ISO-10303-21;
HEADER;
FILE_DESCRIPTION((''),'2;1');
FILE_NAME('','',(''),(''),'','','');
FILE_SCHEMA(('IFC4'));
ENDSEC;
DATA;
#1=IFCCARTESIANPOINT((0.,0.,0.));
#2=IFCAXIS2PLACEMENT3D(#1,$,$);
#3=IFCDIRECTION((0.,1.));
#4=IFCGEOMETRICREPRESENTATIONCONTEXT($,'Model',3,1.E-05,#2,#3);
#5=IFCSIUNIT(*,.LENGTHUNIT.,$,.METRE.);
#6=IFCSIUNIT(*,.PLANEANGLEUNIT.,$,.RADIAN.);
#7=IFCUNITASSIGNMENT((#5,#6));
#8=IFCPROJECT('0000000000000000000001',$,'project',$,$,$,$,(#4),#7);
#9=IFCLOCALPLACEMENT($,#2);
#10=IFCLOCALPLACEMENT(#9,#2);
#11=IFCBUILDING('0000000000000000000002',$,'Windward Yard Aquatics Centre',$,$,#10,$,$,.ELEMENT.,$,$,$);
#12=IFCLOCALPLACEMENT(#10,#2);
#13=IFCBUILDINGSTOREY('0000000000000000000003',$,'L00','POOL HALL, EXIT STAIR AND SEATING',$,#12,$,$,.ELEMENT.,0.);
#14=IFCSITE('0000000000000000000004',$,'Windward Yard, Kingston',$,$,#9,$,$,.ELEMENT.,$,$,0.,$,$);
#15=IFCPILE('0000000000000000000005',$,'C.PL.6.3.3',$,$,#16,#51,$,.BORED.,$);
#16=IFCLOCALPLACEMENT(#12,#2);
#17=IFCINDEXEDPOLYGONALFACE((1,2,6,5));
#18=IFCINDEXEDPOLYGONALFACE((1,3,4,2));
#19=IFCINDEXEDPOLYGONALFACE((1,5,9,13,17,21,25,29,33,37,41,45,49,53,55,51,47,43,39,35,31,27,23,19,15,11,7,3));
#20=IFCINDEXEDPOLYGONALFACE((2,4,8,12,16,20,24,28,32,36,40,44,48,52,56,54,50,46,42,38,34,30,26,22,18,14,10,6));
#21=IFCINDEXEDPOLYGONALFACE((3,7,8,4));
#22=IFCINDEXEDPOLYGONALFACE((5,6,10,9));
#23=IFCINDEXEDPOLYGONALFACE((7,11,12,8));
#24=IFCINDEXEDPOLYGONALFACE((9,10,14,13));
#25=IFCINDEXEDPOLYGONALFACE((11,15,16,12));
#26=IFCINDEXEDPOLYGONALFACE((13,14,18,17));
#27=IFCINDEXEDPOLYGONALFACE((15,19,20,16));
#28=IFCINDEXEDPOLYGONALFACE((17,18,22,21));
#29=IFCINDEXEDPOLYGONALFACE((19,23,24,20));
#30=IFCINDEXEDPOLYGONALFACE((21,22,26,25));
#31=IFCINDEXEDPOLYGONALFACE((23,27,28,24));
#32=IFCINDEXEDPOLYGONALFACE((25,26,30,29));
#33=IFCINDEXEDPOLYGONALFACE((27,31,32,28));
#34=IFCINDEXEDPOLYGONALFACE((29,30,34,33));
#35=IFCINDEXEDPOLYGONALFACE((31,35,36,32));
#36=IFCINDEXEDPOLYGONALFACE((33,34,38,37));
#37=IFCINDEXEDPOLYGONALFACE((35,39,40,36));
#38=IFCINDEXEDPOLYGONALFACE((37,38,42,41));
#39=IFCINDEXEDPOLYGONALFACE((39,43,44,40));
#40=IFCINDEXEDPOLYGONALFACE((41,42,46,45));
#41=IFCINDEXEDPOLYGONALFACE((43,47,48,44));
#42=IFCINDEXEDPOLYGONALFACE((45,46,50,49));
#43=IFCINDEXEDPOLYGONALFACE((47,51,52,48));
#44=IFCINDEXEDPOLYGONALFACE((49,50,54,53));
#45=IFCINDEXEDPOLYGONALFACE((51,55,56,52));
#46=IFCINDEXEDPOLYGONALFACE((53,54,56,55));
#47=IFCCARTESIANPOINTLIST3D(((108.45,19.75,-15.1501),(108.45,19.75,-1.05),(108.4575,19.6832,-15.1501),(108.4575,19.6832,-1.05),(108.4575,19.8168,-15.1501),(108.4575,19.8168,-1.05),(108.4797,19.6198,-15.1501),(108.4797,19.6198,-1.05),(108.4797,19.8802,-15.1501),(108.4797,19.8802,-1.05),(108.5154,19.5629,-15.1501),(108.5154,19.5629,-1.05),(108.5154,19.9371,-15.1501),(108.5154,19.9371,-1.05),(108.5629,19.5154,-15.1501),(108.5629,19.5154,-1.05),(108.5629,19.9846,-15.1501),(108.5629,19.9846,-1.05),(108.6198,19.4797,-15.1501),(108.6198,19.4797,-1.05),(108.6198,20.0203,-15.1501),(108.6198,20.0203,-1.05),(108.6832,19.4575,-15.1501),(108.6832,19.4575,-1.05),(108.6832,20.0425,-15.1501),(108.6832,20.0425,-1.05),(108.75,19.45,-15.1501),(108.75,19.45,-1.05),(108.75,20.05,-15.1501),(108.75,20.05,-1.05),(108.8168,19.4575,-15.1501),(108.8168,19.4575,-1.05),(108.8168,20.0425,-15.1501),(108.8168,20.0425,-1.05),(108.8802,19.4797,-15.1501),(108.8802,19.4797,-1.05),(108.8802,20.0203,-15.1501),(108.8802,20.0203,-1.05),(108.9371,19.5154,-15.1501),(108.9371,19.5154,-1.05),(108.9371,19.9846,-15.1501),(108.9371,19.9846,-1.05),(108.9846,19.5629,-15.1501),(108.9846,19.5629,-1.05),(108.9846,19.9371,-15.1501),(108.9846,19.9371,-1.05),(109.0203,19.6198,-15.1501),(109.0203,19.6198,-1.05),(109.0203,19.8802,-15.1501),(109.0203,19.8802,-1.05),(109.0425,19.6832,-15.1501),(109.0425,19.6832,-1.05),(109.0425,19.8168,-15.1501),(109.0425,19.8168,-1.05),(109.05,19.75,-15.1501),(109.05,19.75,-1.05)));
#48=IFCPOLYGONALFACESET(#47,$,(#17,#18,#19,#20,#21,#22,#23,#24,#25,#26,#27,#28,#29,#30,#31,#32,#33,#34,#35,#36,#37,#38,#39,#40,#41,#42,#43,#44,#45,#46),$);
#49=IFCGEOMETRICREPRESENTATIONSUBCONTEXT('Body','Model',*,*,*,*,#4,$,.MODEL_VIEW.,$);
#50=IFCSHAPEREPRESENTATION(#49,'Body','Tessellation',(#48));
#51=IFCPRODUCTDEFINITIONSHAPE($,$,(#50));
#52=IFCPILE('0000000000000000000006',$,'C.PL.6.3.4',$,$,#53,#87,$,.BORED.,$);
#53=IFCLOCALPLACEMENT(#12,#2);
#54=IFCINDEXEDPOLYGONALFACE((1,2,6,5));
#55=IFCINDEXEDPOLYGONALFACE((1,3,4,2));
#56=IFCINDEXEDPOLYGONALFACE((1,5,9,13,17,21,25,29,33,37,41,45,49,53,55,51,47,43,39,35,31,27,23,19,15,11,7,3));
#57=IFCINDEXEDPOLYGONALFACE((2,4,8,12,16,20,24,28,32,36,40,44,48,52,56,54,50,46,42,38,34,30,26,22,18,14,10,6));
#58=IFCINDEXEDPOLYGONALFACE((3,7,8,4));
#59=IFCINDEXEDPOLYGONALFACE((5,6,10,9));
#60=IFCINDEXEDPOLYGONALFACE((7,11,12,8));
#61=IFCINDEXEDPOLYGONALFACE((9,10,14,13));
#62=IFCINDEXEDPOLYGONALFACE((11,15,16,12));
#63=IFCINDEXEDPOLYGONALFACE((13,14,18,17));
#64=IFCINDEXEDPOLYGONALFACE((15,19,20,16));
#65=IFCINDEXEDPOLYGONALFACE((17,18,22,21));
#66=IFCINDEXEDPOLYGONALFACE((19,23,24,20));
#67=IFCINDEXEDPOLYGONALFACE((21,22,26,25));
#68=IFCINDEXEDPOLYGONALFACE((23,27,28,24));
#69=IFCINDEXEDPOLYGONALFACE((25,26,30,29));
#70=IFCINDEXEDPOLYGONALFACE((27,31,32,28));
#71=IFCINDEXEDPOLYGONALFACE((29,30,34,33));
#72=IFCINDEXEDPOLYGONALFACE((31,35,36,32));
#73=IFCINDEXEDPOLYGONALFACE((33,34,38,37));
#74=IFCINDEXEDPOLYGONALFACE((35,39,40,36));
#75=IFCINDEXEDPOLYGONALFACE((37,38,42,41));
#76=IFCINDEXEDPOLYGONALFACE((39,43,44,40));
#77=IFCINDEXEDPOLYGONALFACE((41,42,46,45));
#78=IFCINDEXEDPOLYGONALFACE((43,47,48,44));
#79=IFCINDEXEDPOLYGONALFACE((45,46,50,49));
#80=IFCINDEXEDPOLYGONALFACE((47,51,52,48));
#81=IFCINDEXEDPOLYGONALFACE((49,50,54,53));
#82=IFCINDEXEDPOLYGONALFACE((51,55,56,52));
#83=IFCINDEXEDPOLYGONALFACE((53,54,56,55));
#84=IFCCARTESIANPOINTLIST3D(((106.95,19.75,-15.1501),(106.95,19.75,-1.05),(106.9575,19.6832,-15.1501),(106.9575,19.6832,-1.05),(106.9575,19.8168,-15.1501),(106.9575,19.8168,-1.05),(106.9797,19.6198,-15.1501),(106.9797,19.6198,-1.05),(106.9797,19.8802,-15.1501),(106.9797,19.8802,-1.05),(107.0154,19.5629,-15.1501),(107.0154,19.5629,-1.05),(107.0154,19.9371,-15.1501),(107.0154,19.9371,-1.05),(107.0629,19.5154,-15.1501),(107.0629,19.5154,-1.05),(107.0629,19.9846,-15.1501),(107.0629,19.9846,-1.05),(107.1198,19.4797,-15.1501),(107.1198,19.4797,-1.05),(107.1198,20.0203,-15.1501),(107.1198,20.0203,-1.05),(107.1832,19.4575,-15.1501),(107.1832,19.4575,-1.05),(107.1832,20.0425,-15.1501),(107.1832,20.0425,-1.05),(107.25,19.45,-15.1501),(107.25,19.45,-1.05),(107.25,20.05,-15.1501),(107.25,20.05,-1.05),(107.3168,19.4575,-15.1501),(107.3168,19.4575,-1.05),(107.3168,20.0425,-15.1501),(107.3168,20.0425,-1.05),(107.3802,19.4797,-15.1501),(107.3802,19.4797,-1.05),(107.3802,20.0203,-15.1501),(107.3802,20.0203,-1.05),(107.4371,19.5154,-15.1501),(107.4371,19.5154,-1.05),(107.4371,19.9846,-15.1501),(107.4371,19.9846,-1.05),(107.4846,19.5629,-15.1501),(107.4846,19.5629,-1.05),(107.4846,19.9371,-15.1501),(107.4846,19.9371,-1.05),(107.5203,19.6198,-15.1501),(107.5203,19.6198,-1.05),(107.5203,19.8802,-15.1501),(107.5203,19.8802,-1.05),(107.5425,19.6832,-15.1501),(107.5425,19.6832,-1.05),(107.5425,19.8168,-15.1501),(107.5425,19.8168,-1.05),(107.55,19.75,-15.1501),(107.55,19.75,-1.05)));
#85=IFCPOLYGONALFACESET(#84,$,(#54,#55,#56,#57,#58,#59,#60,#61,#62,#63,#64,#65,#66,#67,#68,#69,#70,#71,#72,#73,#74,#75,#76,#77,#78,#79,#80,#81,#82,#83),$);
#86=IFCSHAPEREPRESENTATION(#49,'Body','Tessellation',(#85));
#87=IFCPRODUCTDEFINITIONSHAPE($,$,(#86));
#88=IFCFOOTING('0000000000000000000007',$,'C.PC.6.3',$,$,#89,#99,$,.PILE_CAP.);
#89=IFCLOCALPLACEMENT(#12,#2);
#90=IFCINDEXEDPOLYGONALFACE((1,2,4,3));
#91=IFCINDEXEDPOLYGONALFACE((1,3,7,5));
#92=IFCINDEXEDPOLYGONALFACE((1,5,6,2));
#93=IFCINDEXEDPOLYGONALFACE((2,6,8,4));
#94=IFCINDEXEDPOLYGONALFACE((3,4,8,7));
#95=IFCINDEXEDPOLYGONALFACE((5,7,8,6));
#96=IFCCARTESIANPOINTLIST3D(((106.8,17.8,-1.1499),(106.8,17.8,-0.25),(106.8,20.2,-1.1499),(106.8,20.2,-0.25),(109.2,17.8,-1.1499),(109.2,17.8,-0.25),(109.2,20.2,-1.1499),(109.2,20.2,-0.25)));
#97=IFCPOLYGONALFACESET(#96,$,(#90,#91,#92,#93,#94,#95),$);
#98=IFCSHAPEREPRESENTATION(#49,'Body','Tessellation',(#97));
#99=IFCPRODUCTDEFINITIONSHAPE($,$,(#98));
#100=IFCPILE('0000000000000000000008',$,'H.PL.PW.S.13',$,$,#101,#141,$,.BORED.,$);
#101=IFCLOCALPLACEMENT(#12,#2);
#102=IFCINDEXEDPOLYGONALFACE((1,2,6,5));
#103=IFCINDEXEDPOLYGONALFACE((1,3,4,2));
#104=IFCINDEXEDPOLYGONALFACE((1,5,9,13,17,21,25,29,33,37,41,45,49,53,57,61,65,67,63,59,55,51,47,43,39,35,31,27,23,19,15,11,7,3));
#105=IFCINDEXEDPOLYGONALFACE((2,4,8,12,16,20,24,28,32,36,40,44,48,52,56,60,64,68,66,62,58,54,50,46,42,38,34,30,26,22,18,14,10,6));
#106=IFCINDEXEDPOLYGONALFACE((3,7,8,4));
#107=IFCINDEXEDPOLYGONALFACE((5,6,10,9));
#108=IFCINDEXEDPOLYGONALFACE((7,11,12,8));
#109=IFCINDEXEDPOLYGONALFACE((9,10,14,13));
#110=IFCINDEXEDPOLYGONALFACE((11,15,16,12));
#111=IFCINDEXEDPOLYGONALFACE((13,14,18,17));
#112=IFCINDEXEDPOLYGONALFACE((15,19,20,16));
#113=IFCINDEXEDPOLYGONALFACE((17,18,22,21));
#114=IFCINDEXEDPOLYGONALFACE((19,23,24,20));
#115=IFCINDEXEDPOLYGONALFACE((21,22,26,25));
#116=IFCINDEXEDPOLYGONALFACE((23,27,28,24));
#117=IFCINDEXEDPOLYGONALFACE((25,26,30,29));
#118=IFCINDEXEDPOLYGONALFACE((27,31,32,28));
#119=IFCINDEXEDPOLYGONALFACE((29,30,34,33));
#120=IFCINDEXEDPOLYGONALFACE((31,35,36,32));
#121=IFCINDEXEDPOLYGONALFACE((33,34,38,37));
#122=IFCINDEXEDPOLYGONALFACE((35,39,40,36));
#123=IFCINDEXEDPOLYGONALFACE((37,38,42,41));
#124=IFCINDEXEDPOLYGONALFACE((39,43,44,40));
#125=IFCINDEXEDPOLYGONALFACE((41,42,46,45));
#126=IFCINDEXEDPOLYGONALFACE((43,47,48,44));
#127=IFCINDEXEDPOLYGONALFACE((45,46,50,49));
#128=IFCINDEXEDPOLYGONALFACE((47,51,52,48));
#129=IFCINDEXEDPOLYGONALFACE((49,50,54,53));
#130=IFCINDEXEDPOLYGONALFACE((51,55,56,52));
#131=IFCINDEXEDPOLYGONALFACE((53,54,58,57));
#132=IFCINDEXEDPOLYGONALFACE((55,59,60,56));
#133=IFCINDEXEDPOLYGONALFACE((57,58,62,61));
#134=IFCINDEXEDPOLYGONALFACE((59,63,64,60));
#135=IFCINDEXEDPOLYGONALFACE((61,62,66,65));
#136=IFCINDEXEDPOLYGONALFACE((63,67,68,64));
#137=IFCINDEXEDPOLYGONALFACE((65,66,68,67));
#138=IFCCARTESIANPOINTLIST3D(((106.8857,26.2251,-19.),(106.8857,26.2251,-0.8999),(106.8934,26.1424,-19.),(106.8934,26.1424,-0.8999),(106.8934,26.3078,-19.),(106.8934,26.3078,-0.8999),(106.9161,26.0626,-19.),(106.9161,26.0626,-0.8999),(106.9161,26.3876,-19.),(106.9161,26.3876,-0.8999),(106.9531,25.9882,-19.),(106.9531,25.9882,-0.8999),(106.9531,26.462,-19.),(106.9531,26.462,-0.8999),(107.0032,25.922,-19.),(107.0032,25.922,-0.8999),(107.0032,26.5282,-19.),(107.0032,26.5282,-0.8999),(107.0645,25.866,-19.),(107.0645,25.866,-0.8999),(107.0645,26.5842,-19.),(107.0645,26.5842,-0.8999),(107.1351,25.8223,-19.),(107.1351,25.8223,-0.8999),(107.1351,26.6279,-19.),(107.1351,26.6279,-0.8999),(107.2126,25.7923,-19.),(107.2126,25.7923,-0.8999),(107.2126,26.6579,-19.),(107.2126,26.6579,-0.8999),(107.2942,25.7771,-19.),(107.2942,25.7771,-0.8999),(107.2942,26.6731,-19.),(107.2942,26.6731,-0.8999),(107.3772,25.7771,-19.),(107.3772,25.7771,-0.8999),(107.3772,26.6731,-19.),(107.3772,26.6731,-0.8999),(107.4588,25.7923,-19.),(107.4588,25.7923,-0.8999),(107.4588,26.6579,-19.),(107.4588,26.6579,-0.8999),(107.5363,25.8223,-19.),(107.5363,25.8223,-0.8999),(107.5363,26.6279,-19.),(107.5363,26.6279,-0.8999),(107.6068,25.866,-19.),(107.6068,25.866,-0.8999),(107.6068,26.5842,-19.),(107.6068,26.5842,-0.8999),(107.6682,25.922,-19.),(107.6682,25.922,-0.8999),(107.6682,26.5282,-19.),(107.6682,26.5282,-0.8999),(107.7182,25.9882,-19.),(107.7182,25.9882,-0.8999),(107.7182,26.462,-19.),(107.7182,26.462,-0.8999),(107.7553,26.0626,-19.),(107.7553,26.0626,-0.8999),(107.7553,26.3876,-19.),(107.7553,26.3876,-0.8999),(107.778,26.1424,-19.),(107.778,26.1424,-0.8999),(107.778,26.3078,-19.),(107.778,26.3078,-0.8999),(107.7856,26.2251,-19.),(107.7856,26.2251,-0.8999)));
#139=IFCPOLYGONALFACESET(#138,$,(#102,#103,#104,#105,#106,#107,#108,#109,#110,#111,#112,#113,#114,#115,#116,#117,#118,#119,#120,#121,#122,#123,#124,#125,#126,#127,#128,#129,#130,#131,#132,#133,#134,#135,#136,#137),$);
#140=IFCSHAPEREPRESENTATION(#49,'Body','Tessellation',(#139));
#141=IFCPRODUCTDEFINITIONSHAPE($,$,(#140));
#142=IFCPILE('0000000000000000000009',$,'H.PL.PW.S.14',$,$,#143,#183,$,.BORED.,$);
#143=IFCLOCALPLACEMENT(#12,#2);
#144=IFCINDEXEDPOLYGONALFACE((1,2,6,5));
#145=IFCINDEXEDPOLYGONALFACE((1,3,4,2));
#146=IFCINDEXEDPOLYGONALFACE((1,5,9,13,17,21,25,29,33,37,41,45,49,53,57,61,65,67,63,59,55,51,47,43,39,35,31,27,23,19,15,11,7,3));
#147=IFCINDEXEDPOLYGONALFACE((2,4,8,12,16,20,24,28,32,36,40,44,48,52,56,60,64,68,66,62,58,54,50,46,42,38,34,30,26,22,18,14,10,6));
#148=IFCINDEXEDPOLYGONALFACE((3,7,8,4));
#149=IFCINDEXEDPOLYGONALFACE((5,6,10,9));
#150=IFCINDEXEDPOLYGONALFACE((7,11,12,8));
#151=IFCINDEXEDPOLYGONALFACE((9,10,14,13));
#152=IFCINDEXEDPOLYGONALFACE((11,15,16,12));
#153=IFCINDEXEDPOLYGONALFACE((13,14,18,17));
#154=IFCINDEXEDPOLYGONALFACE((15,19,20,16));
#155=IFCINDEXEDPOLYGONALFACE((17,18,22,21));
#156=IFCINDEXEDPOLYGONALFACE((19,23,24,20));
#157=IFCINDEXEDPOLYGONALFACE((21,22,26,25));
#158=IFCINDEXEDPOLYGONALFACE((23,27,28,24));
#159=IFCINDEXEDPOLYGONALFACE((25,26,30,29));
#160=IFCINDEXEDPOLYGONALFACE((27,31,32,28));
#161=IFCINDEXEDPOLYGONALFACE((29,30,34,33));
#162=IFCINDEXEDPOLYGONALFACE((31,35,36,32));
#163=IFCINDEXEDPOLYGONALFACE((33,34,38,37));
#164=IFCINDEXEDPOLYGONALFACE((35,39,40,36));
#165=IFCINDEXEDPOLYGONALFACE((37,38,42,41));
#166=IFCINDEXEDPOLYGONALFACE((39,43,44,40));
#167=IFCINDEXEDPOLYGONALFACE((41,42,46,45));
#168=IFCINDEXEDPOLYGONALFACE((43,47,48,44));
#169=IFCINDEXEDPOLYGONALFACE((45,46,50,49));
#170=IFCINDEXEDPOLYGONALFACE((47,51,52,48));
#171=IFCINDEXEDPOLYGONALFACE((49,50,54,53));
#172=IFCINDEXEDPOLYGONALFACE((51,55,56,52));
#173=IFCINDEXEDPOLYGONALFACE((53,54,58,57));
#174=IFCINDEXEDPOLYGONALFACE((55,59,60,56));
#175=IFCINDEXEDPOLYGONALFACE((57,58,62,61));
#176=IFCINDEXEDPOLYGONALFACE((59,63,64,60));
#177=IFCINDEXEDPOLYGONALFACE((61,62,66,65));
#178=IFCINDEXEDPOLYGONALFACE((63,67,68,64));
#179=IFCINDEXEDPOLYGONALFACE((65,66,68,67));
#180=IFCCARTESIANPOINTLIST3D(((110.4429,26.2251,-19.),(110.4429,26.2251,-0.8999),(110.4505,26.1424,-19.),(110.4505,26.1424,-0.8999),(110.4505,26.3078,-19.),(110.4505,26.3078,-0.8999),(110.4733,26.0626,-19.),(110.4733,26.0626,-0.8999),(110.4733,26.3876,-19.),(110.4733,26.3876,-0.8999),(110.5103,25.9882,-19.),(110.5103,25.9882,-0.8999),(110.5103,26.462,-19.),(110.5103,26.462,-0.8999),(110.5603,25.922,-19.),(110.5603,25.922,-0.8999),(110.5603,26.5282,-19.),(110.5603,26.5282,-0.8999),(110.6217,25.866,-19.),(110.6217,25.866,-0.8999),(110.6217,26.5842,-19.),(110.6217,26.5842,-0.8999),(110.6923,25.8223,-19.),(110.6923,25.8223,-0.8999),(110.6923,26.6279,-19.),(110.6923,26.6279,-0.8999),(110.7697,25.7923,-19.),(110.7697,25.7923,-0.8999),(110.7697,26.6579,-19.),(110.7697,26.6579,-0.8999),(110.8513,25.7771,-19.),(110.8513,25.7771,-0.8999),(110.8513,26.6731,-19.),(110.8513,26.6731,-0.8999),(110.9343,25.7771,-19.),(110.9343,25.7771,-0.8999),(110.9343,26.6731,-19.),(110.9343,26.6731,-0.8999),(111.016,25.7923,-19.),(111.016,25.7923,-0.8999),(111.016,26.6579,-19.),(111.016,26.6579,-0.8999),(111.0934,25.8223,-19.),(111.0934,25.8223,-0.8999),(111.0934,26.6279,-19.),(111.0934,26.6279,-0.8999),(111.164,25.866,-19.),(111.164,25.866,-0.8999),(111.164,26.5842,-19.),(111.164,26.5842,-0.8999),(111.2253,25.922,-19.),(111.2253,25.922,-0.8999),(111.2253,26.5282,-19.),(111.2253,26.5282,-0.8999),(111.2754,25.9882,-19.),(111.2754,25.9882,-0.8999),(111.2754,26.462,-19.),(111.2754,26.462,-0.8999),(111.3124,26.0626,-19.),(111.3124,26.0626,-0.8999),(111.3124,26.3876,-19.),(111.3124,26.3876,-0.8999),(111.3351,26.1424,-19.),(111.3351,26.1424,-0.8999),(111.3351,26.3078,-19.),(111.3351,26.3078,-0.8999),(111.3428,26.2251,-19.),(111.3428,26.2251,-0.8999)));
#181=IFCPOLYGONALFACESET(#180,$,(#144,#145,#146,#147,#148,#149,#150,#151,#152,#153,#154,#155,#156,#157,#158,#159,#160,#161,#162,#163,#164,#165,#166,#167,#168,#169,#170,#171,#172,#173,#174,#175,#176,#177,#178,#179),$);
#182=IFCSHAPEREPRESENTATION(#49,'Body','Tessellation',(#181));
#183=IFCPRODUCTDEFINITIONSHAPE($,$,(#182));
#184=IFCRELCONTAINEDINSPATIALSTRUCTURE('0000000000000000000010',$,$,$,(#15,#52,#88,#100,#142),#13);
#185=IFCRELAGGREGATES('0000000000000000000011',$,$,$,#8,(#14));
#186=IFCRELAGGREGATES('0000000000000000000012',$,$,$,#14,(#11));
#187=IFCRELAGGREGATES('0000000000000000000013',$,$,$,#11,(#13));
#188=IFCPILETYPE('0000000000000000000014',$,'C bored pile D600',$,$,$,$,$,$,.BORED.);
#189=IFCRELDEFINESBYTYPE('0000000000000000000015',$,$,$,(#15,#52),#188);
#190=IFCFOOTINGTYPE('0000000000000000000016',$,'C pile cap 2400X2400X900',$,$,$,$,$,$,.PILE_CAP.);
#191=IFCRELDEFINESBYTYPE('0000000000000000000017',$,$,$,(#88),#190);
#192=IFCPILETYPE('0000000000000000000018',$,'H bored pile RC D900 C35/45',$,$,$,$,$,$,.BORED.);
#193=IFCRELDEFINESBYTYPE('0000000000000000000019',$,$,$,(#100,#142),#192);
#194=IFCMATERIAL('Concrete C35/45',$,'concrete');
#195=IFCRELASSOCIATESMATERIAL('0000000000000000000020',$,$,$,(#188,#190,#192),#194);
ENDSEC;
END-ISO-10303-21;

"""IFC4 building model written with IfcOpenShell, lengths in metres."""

from ifc_helpers import new_model, si_unit, direction, frame, origin, origin_2d, place, context, subcontext, project, spatial, rectangle, circle, extrude, material, material_profile, profile_set, type_object, element, save


model = new_model("IFC4")

# Units and contexts
model_context = context("Model", 3, precision=1e-05, world=origin(), true_north=direction((0.0, 1.0)))
body_context = subcontext(model_context, "Body", "Model", "MODEL_VIEW")
ifc_project = project(units=[si_unit("LENGTHUNIT", "METRE"), si_unit("PLANEANGLEUNIT", "RADIAN")], contexts=[model_context])

# Site, building, storey
site_placement = place(None, origin())
site = spatial("IfcSite", under=ifc_project, at=site_placement, Name="Windward Yard, Kingston", CompositionType="ELEMENT", RefElevation=0.0)
building_placement = place(site_placement, origin())
building = spatial("IfcBuilding", under=site, at=building_placement, Name="Windward Yard Aquatics Centre", CompositionType="ELEMENT")
storey_placement = place(building_placement, origin())
storey = spatial("IfcBuildingStorey", under=building, at=storey_placement, Name="L00", Description="POOL HALL, EXIT STAIR AND SEATING", CompositionType="ELEMENT", Elevation=0.0)

# Piles
ifc_material_1 = material(Name="Concrete C35/45", Category="concrete")
ifc_material_profile_1 = material_profile(ifc_material_1, circle(Radius=0.3, at=origin_2d()), Name="RC D600")
ifc_profile_set_1 = profile_set([ifc_material_profile_1], Name="Concrete C35/45")
pile_type_1 = type_object("IfcPileType", Name="C bored pile D600", PredefinedType="BORED", material=ifc_profile_set_1)
for number, where, z_axis, x_axis, name in (
    (1, (108.75, 19.75, -1.05), (0.0, 0.0, -1.0), (1.0, 0.0, 0.0), "C.PL.6.3.3"),
    (2, (107.25, 19.75, -1.05), (0.0, 0.0, -1.0), (1.0, 0.0, 0.0), "C.PL.6.3.4"),
):
    element("IfcPile", number, at=place(storey_placement, frame(where, z_axis=z_axis, x_axis=x_axis)), inside=storey, type_object=pile_type_1, Name=name, PredefinedType="BORED", context=body_context, shape_type="SweptSolid", body=[
        extrude(circle(Radius=0.3, at=origin_2d()), origin(), (0.0, 0.0, 1.0), 14.1001),
    ])

# Footing
footing_type = type_object("IfcFootingType", Name="C pile cap 2400X2400X900", PredefinedType="PILE_CAP", material=ifc_material_1)
footing_placement = place(storey_placement, frame((108.0, 19.0, -1.1499), z_axis=(0.0, 0.0, 1.0), x_axis=(1.0, 0.0, 0.0)))
element("IfcFooting", 3, at=footing_placement, inside=storey, type_object=footing_type, Name="C.PC.6.3", PredefinedType="PILE_CAP", context=body_context, shape_type="SweptSolid", body=[
    extrude(rectangle(XDim=2.3999, YDim=2.3999, at=origin_2d()), origin(), (0.0, 0.0, 1.0), 0.8999),
])

# Piles
ifc_material_profile_2 = material_profile(ifc_material_1, circle(Radius=0.45, at=origin_2d()), Name="RC D900")
ifc_profile_set_2 = profile_set([ifc_material_profile_2], Name="Concrete C35/45")
pile_type_2 = type_object("IfcPileType", Name="H bored pile RC D900 C35/45", PredefinedType="BORED", material=ifc_profile_set_2)
for number, where, z_axis, x_axis, name in (
    (4, (107.3357, 26.2251, -0.8999), (0.0, 0.0, -1.0), (1.0, 0.0, 0.0), "H.PL.PW.S.13"),
    (5, (110.8928, 26.2251, -0.8999), (0.0, 0.0, -1.0), (1.0, 0.0, 0.0), "H.PL.PW.S.14"),
):
    element("IfcPile", number, at=place(storey_placement, frame(where, z_axis=z_axis, x_axis=x_axis)), inside=storey, type_object=pile_type_2, Name=name, PredefinedType="BORED", context=body_context, shape_type="SweptSolid", body=[
        extrude(circle(Radius=0.45, at=origin_2d()), origin(), (0.0, 0.0, 1.0), 18.1001),
    ])

save(model, "model.ifc")
